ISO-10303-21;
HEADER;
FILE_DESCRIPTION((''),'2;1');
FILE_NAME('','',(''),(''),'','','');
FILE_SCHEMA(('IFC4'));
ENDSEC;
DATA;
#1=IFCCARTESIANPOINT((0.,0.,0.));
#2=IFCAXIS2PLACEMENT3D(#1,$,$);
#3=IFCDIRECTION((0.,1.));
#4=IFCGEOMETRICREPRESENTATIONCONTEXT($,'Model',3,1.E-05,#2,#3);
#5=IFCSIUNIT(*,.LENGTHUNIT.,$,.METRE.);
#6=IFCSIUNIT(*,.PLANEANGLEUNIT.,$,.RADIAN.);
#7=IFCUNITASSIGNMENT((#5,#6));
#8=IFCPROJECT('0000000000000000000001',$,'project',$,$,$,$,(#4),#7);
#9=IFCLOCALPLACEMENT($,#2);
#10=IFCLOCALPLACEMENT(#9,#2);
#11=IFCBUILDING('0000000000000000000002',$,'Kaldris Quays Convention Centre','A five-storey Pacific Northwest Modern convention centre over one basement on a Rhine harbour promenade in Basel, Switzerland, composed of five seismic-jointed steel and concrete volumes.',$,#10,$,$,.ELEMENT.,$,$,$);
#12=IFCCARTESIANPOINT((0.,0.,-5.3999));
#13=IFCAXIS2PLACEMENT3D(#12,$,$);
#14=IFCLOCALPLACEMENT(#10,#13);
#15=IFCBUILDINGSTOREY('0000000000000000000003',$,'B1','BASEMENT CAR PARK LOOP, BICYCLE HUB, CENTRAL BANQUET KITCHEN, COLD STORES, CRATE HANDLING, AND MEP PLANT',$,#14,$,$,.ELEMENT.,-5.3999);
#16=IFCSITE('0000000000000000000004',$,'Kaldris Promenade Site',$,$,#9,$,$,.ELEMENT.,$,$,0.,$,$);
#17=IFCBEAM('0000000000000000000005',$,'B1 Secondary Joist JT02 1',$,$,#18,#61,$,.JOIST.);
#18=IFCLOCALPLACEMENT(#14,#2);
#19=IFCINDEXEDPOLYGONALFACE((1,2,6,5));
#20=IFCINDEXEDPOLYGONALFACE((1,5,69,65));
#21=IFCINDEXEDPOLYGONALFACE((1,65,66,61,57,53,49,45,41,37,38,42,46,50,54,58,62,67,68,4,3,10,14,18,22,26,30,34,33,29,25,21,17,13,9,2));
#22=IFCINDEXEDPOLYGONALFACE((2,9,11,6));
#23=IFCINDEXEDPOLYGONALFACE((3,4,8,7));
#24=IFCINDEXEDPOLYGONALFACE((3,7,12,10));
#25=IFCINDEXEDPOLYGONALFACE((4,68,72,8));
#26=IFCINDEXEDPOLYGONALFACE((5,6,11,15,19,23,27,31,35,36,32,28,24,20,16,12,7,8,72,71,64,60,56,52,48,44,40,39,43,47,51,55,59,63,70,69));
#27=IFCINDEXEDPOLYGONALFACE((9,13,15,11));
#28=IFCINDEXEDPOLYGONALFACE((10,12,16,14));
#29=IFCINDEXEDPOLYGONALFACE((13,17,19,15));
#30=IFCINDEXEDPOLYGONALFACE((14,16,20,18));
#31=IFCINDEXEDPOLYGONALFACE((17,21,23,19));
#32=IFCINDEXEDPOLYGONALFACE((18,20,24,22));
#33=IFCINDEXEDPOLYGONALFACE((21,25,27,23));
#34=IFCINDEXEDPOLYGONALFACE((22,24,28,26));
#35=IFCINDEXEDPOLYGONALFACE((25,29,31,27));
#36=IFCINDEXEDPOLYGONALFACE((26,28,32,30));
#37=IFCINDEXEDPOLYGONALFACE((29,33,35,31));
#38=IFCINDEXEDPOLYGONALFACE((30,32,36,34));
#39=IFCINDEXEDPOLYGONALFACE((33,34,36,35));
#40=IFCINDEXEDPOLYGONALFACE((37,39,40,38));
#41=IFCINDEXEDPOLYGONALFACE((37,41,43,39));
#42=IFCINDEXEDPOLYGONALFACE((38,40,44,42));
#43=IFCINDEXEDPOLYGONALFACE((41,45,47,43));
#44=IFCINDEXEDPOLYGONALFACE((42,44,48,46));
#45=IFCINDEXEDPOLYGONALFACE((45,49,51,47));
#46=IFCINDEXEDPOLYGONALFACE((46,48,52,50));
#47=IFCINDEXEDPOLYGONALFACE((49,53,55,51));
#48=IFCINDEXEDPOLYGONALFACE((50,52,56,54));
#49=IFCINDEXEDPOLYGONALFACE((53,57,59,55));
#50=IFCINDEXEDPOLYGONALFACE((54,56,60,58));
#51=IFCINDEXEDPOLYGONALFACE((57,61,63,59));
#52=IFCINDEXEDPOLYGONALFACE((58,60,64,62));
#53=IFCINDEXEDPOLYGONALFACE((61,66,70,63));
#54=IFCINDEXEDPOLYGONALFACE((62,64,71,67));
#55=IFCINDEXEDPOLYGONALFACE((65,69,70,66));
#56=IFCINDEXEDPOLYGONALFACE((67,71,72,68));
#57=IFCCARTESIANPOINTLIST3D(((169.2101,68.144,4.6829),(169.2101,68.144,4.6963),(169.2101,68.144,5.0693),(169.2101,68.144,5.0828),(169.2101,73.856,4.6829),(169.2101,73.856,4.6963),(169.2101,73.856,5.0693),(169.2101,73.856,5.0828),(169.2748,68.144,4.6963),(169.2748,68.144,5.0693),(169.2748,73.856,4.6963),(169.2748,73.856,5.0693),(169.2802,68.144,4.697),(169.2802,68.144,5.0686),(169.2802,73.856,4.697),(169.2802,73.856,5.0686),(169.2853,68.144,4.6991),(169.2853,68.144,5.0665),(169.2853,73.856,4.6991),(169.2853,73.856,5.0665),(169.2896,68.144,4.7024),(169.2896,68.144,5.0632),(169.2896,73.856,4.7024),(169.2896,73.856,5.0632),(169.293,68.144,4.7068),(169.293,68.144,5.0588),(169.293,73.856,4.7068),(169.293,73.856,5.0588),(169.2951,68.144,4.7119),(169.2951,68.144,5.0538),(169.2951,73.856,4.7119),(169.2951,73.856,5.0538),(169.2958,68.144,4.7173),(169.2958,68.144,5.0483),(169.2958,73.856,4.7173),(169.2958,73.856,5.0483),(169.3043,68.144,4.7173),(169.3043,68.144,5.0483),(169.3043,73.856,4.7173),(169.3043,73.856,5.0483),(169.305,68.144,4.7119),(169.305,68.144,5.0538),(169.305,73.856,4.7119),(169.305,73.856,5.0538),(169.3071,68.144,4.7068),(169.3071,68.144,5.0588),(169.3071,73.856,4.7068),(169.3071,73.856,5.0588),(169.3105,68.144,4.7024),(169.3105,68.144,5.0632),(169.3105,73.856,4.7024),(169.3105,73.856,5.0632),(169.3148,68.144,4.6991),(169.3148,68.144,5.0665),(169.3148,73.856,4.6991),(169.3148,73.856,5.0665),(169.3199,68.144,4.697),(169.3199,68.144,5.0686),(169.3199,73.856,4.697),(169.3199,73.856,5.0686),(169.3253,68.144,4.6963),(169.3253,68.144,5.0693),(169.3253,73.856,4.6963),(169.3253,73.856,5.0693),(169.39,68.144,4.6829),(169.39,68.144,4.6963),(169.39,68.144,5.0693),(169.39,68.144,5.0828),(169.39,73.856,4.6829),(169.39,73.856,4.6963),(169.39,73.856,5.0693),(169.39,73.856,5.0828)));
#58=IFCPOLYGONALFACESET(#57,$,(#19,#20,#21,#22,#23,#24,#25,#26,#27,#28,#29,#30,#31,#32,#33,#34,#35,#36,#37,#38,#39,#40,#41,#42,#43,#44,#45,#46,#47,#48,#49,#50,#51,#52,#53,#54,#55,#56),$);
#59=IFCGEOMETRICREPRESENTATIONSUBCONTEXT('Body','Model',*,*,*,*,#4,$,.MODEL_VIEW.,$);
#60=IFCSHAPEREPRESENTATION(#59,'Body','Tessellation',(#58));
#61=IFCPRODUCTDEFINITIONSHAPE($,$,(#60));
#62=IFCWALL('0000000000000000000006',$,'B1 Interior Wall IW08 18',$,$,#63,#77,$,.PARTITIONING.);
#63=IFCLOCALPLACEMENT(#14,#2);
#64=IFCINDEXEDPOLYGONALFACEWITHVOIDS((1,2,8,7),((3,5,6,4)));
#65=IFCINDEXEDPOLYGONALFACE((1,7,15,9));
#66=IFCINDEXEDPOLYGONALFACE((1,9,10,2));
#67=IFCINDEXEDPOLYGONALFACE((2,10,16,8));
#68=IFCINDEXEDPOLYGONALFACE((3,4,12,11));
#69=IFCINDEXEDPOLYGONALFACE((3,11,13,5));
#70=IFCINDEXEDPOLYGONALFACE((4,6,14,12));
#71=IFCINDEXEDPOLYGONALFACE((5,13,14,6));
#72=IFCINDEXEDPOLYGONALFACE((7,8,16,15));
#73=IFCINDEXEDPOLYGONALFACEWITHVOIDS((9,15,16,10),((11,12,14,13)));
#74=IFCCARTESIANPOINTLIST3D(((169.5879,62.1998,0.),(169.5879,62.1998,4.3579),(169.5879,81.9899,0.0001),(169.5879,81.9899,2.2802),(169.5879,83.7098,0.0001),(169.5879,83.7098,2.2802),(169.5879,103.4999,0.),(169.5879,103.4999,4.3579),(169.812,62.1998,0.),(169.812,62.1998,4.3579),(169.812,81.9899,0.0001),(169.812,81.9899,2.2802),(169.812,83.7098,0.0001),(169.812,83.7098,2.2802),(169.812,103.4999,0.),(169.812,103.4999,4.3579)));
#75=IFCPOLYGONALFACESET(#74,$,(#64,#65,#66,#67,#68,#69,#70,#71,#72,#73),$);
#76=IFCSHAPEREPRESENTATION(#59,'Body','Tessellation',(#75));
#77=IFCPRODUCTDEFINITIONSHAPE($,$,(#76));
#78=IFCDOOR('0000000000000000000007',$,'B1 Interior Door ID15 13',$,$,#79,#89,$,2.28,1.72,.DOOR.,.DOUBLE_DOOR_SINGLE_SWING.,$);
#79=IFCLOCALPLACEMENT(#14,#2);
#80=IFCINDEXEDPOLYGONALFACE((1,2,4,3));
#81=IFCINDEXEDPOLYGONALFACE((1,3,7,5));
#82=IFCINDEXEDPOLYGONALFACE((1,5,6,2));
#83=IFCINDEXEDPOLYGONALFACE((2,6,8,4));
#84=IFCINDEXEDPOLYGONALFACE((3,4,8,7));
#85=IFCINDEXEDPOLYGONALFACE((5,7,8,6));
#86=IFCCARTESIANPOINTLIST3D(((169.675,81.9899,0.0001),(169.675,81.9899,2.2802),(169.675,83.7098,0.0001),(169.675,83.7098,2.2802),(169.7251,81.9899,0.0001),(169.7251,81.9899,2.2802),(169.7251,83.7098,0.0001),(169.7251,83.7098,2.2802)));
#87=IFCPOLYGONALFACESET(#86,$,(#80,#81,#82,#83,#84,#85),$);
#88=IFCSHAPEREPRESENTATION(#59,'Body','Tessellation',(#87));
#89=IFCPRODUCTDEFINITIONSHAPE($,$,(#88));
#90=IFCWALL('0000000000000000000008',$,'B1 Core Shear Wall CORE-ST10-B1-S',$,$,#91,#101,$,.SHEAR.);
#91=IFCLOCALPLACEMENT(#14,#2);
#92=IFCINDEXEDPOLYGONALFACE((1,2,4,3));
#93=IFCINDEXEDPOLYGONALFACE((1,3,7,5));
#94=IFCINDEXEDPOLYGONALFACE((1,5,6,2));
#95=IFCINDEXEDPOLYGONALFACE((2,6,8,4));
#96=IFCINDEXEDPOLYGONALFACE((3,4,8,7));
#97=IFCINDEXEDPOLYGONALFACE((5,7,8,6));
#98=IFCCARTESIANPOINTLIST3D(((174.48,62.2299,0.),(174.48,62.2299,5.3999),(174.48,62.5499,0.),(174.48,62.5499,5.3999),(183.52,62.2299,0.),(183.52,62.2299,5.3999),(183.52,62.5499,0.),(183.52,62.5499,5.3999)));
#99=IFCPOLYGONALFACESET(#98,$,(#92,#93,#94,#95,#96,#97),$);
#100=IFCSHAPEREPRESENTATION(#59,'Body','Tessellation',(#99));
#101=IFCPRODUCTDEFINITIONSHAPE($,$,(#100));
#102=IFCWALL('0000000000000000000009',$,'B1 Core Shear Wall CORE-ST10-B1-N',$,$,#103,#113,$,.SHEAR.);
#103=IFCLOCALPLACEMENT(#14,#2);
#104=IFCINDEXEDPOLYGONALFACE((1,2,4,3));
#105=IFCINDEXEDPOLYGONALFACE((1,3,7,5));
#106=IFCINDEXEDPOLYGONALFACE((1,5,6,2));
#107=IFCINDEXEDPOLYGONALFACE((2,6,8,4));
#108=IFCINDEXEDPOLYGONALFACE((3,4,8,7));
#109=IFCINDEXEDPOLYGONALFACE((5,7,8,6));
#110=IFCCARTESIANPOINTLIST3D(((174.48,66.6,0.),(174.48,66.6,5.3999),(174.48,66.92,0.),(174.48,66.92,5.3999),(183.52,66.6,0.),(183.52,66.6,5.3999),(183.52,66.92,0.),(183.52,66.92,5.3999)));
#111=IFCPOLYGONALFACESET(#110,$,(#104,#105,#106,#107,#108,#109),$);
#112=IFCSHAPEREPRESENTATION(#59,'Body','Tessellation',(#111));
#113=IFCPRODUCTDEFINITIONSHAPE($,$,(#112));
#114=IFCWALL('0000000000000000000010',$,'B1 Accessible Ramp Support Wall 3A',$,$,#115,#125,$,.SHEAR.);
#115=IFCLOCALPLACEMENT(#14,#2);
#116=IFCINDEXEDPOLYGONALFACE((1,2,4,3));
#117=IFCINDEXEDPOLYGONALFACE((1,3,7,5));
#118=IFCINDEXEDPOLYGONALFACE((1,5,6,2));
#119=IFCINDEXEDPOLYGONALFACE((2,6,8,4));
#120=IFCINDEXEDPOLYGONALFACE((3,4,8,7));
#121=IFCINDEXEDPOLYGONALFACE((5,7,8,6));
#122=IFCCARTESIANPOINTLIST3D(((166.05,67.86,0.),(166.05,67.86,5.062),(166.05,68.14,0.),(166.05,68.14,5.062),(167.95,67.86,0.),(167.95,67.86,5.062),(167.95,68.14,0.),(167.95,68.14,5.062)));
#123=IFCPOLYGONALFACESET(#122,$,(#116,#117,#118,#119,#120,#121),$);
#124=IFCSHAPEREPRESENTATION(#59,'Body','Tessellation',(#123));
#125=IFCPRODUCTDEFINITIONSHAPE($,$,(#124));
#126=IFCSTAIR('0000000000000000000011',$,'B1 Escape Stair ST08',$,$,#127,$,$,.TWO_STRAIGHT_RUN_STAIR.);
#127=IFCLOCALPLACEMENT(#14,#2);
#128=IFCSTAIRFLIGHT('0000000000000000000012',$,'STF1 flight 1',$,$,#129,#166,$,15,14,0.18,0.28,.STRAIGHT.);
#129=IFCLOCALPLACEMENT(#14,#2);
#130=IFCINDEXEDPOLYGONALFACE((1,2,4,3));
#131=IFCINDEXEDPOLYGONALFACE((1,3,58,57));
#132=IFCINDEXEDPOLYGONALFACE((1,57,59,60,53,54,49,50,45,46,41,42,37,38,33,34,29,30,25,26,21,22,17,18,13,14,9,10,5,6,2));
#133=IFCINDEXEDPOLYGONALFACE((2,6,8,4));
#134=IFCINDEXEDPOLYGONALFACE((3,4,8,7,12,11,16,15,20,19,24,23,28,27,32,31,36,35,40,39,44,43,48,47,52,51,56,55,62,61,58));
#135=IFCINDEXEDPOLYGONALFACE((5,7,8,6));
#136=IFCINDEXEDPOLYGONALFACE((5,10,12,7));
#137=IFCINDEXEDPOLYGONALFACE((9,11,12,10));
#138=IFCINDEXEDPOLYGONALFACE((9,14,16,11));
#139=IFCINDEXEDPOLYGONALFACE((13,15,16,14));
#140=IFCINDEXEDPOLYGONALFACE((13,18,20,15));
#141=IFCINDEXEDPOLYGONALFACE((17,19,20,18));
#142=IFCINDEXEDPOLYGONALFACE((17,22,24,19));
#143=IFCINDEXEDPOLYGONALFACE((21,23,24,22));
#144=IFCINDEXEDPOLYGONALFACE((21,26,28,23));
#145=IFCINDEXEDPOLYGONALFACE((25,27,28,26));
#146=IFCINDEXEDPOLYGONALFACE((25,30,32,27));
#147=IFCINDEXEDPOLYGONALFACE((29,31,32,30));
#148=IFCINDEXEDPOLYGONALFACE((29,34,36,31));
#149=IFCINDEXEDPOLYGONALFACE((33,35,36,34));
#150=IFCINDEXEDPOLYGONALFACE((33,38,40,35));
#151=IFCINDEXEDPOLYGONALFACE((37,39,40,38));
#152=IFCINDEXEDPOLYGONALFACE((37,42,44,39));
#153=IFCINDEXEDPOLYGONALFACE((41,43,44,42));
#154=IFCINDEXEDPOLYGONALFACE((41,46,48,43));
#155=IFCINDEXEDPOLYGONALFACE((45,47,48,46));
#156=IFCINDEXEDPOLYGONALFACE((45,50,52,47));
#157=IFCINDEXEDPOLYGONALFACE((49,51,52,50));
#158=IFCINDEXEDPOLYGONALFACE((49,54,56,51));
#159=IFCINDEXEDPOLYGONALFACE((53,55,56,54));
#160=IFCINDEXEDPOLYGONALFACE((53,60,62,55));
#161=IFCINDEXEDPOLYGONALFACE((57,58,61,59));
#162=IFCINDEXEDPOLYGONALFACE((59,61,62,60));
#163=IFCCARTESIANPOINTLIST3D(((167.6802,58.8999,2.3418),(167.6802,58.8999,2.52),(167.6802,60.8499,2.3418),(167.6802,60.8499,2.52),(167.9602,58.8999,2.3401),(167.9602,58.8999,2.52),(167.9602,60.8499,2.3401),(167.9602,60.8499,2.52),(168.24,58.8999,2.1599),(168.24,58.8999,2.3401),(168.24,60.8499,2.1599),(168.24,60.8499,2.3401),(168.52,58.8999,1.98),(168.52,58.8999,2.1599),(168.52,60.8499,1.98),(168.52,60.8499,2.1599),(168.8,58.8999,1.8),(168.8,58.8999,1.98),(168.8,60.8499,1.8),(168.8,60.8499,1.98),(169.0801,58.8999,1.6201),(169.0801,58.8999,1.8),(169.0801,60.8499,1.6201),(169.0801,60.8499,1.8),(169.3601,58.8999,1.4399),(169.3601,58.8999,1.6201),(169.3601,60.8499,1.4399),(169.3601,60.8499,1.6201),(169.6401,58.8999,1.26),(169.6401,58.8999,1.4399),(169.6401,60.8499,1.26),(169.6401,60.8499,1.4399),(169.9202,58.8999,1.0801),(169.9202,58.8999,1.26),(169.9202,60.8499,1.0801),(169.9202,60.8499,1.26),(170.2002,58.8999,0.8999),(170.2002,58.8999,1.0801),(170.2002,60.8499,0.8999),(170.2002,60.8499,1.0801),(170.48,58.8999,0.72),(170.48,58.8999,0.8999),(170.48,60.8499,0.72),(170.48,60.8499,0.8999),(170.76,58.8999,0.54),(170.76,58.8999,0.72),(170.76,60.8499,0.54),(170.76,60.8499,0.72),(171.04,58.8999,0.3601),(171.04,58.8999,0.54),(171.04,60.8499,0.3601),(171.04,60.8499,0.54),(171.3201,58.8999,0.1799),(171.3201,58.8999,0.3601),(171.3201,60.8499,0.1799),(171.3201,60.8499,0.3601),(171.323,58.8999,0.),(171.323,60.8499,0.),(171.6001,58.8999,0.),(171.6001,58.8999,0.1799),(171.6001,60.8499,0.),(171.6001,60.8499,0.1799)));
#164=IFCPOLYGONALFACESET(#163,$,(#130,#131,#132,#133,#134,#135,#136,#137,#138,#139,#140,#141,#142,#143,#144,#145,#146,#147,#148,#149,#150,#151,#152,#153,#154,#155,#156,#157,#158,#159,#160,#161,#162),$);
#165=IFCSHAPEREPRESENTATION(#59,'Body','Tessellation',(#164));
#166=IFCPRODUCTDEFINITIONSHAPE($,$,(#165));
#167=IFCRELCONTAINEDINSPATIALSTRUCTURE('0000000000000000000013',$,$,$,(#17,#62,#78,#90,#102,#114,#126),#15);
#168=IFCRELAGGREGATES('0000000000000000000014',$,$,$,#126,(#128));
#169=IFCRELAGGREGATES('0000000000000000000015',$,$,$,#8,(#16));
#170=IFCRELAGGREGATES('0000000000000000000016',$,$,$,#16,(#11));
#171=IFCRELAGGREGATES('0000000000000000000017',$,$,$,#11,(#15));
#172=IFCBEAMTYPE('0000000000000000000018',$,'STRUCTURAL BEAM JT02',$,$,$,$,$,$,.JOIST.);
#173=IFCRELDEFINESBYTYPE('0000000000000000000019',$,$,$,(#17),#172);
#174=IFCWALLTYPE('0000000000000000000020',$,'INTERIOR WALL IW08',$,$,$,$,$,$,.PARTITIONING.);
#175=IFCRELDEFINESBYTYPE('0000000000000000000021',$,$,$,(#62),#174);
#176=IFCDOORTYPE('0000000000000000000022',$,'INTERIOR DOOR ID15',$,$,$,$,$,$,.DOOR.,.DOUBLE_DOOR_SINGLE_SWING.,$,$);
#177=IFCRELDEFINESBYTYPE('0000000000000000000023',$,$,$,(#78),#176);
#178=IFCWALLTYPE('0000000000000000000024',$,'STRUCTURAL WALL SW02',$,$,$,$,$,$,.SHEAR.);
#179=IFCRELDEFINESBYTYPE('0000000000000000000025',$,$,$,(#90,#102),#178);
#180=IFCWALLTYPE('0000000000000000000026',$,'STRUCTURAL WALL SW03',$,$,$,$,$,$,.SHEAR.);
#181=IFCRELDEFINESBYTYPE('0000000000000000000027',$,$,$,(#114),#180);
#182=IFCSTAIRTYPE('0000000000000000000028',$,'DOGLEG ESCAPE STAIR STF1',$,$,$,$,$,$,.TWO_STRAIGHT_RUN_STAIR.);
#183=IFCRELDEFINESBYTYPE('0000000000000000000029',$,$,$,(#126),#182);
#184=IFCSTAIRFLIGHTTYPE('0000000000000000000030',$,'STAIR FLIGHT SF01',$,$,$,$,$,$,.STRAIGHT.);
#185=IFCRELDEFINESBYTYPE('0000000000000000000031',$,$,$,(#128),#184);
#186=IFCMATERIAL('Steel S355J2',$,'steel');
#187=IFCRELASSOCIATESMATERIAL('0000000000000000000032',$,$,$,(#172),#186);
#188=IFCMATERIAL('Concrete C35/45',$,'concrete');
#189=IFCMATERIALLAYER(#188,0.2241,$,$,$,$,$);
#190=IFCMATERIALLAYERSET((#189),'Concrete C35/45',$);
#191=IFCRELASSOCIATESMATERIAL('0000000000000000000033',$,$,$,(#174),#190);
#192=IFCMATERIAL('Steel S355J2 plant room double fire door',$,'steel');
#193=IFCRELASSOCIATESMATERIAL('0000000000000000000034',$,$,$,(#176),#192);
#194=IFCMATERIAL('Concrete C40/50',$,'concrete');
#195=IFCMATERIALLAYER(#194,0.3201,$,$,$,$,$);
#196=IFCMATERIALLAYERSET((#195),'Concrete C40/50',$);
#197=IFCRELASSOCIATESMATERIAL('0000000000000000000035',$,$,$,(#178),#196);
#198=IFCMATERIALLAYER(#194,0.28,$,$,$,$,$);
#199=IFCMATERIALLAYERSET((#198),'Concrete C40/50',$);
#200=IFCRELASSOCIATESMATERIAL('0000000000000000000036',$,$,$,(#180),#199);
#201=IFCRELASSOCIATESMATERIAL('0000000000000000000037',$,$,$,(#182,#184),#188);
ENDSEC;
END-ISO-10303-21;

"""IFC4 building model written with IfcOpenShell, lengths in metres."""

from ifc_helpers import new_model, si_unit, direction, frame, frame_2d, origin, origin_2d, place, context, subcontext, project, spatial, polyline, rectangle, i_section, outline, extrude, material, layer, layer_set, material_profile, profile_set, type_object, element, fill, aggregate, save


model = new_model("IFC4")

# Units and contexts
model_context = context("Model", 3, precision=1e-05, world=origin(), true_north=direction((0.0, 1.0)))
body_context = subcontext(model_context, "Body", "Model", "MODEL_VIEW")
ifc_project = project(units=[si_unit("LENGTHUNIT", "METRE"), si_unit("PLANEANGLEUNIT", "RADIAN")], contexts=[model_context])

# Site, building, storey
site_placement = place(None, origin())
site = spatial("IfcSite", under=ifc_project, at=site_placement, Name="Kaldris Promenade Site", CompositionType="ELEMENT", RefElevation=0.0)
building_placement = place(site_placement, origin())
building = spatial("IfcBuilding", under=site, at=building_placement, Name="Kaldris Quays Convention Centre", Description="A five-storey Pacific Northwest Modern convention centre over one basement on a Rhine harbour promenade in Basel, Switzerland, composed of five seismic-jointed steel and concrete volumes.", CompositionType="ELEMENT")
storey_placement = place(building_placement, frame((0.0, 0.0, -5.3999)))
storey = spatial("IfcBuildingStorey", under=building, at=storey_placement, Name="B1", Description="BASEMENT CAR PARK LOOP, BICYCLE HUB, CENTRAL BANQUET KITCHEN, COLD STORES, CRATE HANDLING, AND MEP PLANT", CompositionType="ELEMENT", Elevation=-5.3999)

# Shared definitions
ifc_material_1 = material(Name="Concrete C35/45", Category="concrete")

# Shared definitions
ifc_material_2 = material(Name="Steel S355J2", Category="steel")

# Beam
ifc_material_profile_1 = material_profile(ifc_material_2, i_section(OverallWidth=0.1799, OverallDepth=0.3999, WebThickness=0.0085, FlangeThickness=0.0134, FilletRadius=0.021, at=origin_2d()), Name="IPE 400")
ifc_profile_set_1 = profile_set([ifc_material_profile_1], Name="Steel S355J2")
beam_type_1 = type_object("IfcBeamType", Name="STRUCTURAL BEAM JT02", PredefinedType="JOIST", material=ifc_profile_set_1)
beam_1_placement = place(storey_placement, frame((169.3, 68.144, 4.8828), z_axis=(0.0, 1.0, 0.0), x_axis=(-1.0, 0.0, 0.0)))
element("IfcBeam", 1, at=beam_1_placement, inside=storey, type_object=beam_type_1, Name="B1 Secondary Joist JT02 1", PredefinedType="JOIST", context=body_context, shape_type="SweptSolid", body=[
    extrude(i_section(OverallWidth=0.1799, OverallDepth=0.3999, WebThickness=0.0085, FlangeThickness=0.0134, FilletRadius=0.021, at=origin_2d()), origin(), (0.0, 0.0, 1.0), 5.7119),
])

# Wall, opening, door
ifc_layer_1 = layer(ifc_material_1, 0.2241)
ifc_layer_set_1 = layer_set([ifc_layer_1], Name="Concrete C35/45")
wall_type_1 = type_object("IfcWallType", Name="INTERIOR WALL IW08", PredefinedType="PARTITIONING", material=ifc_layer_set_1)
wall_1_placement = place(storey_placement, frame((169.7, 62.2, 0.0), z_axis=(0.0, 0.0, 1.0), x_axis=(0.0, 1.0, 0.0)))
wall_1 = element("IfcWall", 2, at=wall_1_placement, inside=storey, type_object=wall_type_1, Name="B1 Interior Wall IW08 18", PredefinedType="PARTITIONING", context=body_context, shape_type="SweptSolid", body=[
    extrude(rectangle(XDim=41.3, YDim=0.2241, at=frame_2d((20.6499, 0.0))), origin(), (0.0, 0.0, 1.0), 4.3579),
])
opening_placement = place(wall_1_placement, frame((19.79, 0.0, 0.0)))
opening = element("IfcOpeningElement", 3, at=opening_placement, cuts=wall_1, PredefinedType="OPENING", context=body_context, shape_type="SweptSolid", body=[
    extrude(rectangle(XDim=1.72, YDim=2.28, at=frame_2d((0.8599, 1.1401))), frame((0.0, 0.1221, 0.0), z_axis=(0.0, -1.0, 0.0), x_axis=(1.0, 0.0, 0.0)), (0.0, 0.0, 1.0), 0.2441),
])
ifc_material_3 = material(Name="Steel S355J2 plant room double fire door", Category="steel")
door_type = type_object("IfcDoorType", Name="INTERIOR DOOR ID15", OperationType="DOUBLE_DOOR_SINGLE_SWING", PredefinedType="DOOR", material=ifc_material_3)
door_placement = place(opening_placement, origin())
door = element("IfcDoor", 4, at=door_placement, inside=storey, type_object=door_type, Name="B1 Interior Door ID15 13", OperationType="DOUBLE_DOOR_SINGLE_SWING", OverallHeight=2.28, OverallWidth=1.72, PredefinedType="DOOR", context=body_context, shape_type="SweptSolid", body=[
    extrude(rectangle(XDim=1.72, YDim=2.28, at=frame_2d((0.8599, 1.1401))), frame((0.0, 0.0249, 0.0), z_axis=(0.0, -1.0, 0.0), x_axis=(1.0, 0.0, 0.0)), (0.0, 0.0, 1.0), 0.05),
])
fill(opening, door)

# Walls
ifc_material_4 = material(Name="Concrete C40/50", Category="concrete")
ifc_layer_2 = layer(ifc_material_4, 0.3201)
ifc_layer_set_2 = layer_set([ifc_layer_2], Name="Concrete C40/50")
wall_type_2 = type_object("IfcWallType", Name="STRUCTURAL WALL SW02", PredefinedType="SHEAR", material=ifc_layer_set_2)
for number, where, z_axis, x_axis, name in (
    (5, (174.48, 62.3899, 0.0), (0.0, 0.0, 1.0), (1.0, 0.0, 0.0), "B1 Core Shear Wall CORE-ST10-B1-S"),
    (6, (174.48, 66.76, 0.0), (0.0, 0.0, 1.0), (1.0, 0.0, 0.0), "B1 Core Shear Wall CORE-ST10-B1-N"),
):
    element("IfcWall", number, at=place(storey_placement, frame(where, z_axis=z_axis, x_axis=x_axis)), inside=storey, type_object=wall_type_2, Name=name, PredefinedType="SHEAR", context=body_context, shape_type="SweptSolid", body=[
        extrude(rectangle(XDim=9.04, YDim=0.3201, at=frame_2d((4.52, 0.0))), origin(), (0.0, 0.0, 1.0), 5.3999),
    ])
ifc_layer_3 = layer(ifc_material_4, 0.28)
ifc_layer_set_3 = layer_set([ifc_layer_3], Name="Concrete C40/50")
wall_type_3 = type_object("IfcWallType", Name="STRUCTURAL WALL SW03", PredefinedType="SHEAR", material=ifc_layer_set_3)
wall_2_placement = place(storey_placement, frame((166.05, 68.0, 0.0), z_axis=(0.0, 0.0, 1.0), x_axis=(1.0, 0.0, 0.0)))
element("IfcWall", 7, at=wall_2_placement, inside=storey, type_object=wall_type_3, Name="B1 Accessible Ramp Support Wall 3A", PredefinedType="SHEAR", context=body_context, shape_type="SweptSolid", body=[
    extrude(rectangle(XDim=1.8999, YDim=0.28, at=frame_2d((0.95, 0.0))), origin(), (0.0, 0.0, 1.0), 5.062),
])

# Stair, stair flight
stair_type = type_object("IfcStairType", Name="DOGLEG ESCAPE STAIR STF1", PredefinedType="TWO_STRAIGHT_RUN_STAIR", material=ifc_material_1)
stair_placement = place(storey_placement, origin())
stair = element("IfcStair", 8, at=stair_placement, inside=storey, type_object=stair_type, Name="B1 Escape Stair ST08", PredefinedType="TWO_STRAIGHT_RUN_STAIR")
stair_flight_type = type_object("IfcStairFlightType", Name="STAIR FLIGHT SF01", PredefinedType="STRAIGHT", material=ifc_material_1)
stair_flight_placement = place(storey_placement, frame((171.6001, 59.875, 0.0), z_axis=(0.0, 0.0, 1.0), x_axis=(-1.0, 0.0, 0.0)))
stair_flight = element("IfcStairFlight", 9, at=stair_flight_placement, type_object=stair_flight_type, Name="STF1 flight 1", NumberOfRisers=15, NumberOfTreads=14, PredefinedType="STRAIGHT", RiserHeight=0.18, TreadLength=0.28, context=body_context, shape_type="SweptSolid", body=[
    extrude(outline(polyline([(0.0, 0.0), (0.0, 0.1799), (0.28, 0.1799), (0.28, 0.3601), (0.5601, 0.3601), (0.5601, 0.54), (0.8401, 0.54), (0.8401, 0.72), (1.1201, 0.72), (1.1201, 0.8999), (1.3999, 0.8999), (1.3999, 1.0801), (1.6799, 1.0801), (1.6799, 1.26), (1.96, 1.26), (1.96, 1.4399), (2.24, 1.4399), (2.24, 1.6201), (2.52, 1.6201), (2.52, 1.8), (2.8, 1.8), (2.8, 1.98), (3.0801, 1.98), (3.0801, 2.1599), (3.3601, 2.1599), (3.3601, 2.3401), (3.6399, 2.3401), (3.6399, 2.52), (3.9199, 2.52), (3.9199, 2.7), (3.9199, 2.3418), (0.2771, 0.0), (0.0, 0.0)])), frame((0.0, 0.9751, 0.0), z_axis=(0.0, -1.0, 0.0), x_axis=(1.0, 0.0, 0.0)), (0.0, 0.0, 1.0), 1.95),
])
aggregate(stair, [stair_flight])

save(model, "model.ifc")
